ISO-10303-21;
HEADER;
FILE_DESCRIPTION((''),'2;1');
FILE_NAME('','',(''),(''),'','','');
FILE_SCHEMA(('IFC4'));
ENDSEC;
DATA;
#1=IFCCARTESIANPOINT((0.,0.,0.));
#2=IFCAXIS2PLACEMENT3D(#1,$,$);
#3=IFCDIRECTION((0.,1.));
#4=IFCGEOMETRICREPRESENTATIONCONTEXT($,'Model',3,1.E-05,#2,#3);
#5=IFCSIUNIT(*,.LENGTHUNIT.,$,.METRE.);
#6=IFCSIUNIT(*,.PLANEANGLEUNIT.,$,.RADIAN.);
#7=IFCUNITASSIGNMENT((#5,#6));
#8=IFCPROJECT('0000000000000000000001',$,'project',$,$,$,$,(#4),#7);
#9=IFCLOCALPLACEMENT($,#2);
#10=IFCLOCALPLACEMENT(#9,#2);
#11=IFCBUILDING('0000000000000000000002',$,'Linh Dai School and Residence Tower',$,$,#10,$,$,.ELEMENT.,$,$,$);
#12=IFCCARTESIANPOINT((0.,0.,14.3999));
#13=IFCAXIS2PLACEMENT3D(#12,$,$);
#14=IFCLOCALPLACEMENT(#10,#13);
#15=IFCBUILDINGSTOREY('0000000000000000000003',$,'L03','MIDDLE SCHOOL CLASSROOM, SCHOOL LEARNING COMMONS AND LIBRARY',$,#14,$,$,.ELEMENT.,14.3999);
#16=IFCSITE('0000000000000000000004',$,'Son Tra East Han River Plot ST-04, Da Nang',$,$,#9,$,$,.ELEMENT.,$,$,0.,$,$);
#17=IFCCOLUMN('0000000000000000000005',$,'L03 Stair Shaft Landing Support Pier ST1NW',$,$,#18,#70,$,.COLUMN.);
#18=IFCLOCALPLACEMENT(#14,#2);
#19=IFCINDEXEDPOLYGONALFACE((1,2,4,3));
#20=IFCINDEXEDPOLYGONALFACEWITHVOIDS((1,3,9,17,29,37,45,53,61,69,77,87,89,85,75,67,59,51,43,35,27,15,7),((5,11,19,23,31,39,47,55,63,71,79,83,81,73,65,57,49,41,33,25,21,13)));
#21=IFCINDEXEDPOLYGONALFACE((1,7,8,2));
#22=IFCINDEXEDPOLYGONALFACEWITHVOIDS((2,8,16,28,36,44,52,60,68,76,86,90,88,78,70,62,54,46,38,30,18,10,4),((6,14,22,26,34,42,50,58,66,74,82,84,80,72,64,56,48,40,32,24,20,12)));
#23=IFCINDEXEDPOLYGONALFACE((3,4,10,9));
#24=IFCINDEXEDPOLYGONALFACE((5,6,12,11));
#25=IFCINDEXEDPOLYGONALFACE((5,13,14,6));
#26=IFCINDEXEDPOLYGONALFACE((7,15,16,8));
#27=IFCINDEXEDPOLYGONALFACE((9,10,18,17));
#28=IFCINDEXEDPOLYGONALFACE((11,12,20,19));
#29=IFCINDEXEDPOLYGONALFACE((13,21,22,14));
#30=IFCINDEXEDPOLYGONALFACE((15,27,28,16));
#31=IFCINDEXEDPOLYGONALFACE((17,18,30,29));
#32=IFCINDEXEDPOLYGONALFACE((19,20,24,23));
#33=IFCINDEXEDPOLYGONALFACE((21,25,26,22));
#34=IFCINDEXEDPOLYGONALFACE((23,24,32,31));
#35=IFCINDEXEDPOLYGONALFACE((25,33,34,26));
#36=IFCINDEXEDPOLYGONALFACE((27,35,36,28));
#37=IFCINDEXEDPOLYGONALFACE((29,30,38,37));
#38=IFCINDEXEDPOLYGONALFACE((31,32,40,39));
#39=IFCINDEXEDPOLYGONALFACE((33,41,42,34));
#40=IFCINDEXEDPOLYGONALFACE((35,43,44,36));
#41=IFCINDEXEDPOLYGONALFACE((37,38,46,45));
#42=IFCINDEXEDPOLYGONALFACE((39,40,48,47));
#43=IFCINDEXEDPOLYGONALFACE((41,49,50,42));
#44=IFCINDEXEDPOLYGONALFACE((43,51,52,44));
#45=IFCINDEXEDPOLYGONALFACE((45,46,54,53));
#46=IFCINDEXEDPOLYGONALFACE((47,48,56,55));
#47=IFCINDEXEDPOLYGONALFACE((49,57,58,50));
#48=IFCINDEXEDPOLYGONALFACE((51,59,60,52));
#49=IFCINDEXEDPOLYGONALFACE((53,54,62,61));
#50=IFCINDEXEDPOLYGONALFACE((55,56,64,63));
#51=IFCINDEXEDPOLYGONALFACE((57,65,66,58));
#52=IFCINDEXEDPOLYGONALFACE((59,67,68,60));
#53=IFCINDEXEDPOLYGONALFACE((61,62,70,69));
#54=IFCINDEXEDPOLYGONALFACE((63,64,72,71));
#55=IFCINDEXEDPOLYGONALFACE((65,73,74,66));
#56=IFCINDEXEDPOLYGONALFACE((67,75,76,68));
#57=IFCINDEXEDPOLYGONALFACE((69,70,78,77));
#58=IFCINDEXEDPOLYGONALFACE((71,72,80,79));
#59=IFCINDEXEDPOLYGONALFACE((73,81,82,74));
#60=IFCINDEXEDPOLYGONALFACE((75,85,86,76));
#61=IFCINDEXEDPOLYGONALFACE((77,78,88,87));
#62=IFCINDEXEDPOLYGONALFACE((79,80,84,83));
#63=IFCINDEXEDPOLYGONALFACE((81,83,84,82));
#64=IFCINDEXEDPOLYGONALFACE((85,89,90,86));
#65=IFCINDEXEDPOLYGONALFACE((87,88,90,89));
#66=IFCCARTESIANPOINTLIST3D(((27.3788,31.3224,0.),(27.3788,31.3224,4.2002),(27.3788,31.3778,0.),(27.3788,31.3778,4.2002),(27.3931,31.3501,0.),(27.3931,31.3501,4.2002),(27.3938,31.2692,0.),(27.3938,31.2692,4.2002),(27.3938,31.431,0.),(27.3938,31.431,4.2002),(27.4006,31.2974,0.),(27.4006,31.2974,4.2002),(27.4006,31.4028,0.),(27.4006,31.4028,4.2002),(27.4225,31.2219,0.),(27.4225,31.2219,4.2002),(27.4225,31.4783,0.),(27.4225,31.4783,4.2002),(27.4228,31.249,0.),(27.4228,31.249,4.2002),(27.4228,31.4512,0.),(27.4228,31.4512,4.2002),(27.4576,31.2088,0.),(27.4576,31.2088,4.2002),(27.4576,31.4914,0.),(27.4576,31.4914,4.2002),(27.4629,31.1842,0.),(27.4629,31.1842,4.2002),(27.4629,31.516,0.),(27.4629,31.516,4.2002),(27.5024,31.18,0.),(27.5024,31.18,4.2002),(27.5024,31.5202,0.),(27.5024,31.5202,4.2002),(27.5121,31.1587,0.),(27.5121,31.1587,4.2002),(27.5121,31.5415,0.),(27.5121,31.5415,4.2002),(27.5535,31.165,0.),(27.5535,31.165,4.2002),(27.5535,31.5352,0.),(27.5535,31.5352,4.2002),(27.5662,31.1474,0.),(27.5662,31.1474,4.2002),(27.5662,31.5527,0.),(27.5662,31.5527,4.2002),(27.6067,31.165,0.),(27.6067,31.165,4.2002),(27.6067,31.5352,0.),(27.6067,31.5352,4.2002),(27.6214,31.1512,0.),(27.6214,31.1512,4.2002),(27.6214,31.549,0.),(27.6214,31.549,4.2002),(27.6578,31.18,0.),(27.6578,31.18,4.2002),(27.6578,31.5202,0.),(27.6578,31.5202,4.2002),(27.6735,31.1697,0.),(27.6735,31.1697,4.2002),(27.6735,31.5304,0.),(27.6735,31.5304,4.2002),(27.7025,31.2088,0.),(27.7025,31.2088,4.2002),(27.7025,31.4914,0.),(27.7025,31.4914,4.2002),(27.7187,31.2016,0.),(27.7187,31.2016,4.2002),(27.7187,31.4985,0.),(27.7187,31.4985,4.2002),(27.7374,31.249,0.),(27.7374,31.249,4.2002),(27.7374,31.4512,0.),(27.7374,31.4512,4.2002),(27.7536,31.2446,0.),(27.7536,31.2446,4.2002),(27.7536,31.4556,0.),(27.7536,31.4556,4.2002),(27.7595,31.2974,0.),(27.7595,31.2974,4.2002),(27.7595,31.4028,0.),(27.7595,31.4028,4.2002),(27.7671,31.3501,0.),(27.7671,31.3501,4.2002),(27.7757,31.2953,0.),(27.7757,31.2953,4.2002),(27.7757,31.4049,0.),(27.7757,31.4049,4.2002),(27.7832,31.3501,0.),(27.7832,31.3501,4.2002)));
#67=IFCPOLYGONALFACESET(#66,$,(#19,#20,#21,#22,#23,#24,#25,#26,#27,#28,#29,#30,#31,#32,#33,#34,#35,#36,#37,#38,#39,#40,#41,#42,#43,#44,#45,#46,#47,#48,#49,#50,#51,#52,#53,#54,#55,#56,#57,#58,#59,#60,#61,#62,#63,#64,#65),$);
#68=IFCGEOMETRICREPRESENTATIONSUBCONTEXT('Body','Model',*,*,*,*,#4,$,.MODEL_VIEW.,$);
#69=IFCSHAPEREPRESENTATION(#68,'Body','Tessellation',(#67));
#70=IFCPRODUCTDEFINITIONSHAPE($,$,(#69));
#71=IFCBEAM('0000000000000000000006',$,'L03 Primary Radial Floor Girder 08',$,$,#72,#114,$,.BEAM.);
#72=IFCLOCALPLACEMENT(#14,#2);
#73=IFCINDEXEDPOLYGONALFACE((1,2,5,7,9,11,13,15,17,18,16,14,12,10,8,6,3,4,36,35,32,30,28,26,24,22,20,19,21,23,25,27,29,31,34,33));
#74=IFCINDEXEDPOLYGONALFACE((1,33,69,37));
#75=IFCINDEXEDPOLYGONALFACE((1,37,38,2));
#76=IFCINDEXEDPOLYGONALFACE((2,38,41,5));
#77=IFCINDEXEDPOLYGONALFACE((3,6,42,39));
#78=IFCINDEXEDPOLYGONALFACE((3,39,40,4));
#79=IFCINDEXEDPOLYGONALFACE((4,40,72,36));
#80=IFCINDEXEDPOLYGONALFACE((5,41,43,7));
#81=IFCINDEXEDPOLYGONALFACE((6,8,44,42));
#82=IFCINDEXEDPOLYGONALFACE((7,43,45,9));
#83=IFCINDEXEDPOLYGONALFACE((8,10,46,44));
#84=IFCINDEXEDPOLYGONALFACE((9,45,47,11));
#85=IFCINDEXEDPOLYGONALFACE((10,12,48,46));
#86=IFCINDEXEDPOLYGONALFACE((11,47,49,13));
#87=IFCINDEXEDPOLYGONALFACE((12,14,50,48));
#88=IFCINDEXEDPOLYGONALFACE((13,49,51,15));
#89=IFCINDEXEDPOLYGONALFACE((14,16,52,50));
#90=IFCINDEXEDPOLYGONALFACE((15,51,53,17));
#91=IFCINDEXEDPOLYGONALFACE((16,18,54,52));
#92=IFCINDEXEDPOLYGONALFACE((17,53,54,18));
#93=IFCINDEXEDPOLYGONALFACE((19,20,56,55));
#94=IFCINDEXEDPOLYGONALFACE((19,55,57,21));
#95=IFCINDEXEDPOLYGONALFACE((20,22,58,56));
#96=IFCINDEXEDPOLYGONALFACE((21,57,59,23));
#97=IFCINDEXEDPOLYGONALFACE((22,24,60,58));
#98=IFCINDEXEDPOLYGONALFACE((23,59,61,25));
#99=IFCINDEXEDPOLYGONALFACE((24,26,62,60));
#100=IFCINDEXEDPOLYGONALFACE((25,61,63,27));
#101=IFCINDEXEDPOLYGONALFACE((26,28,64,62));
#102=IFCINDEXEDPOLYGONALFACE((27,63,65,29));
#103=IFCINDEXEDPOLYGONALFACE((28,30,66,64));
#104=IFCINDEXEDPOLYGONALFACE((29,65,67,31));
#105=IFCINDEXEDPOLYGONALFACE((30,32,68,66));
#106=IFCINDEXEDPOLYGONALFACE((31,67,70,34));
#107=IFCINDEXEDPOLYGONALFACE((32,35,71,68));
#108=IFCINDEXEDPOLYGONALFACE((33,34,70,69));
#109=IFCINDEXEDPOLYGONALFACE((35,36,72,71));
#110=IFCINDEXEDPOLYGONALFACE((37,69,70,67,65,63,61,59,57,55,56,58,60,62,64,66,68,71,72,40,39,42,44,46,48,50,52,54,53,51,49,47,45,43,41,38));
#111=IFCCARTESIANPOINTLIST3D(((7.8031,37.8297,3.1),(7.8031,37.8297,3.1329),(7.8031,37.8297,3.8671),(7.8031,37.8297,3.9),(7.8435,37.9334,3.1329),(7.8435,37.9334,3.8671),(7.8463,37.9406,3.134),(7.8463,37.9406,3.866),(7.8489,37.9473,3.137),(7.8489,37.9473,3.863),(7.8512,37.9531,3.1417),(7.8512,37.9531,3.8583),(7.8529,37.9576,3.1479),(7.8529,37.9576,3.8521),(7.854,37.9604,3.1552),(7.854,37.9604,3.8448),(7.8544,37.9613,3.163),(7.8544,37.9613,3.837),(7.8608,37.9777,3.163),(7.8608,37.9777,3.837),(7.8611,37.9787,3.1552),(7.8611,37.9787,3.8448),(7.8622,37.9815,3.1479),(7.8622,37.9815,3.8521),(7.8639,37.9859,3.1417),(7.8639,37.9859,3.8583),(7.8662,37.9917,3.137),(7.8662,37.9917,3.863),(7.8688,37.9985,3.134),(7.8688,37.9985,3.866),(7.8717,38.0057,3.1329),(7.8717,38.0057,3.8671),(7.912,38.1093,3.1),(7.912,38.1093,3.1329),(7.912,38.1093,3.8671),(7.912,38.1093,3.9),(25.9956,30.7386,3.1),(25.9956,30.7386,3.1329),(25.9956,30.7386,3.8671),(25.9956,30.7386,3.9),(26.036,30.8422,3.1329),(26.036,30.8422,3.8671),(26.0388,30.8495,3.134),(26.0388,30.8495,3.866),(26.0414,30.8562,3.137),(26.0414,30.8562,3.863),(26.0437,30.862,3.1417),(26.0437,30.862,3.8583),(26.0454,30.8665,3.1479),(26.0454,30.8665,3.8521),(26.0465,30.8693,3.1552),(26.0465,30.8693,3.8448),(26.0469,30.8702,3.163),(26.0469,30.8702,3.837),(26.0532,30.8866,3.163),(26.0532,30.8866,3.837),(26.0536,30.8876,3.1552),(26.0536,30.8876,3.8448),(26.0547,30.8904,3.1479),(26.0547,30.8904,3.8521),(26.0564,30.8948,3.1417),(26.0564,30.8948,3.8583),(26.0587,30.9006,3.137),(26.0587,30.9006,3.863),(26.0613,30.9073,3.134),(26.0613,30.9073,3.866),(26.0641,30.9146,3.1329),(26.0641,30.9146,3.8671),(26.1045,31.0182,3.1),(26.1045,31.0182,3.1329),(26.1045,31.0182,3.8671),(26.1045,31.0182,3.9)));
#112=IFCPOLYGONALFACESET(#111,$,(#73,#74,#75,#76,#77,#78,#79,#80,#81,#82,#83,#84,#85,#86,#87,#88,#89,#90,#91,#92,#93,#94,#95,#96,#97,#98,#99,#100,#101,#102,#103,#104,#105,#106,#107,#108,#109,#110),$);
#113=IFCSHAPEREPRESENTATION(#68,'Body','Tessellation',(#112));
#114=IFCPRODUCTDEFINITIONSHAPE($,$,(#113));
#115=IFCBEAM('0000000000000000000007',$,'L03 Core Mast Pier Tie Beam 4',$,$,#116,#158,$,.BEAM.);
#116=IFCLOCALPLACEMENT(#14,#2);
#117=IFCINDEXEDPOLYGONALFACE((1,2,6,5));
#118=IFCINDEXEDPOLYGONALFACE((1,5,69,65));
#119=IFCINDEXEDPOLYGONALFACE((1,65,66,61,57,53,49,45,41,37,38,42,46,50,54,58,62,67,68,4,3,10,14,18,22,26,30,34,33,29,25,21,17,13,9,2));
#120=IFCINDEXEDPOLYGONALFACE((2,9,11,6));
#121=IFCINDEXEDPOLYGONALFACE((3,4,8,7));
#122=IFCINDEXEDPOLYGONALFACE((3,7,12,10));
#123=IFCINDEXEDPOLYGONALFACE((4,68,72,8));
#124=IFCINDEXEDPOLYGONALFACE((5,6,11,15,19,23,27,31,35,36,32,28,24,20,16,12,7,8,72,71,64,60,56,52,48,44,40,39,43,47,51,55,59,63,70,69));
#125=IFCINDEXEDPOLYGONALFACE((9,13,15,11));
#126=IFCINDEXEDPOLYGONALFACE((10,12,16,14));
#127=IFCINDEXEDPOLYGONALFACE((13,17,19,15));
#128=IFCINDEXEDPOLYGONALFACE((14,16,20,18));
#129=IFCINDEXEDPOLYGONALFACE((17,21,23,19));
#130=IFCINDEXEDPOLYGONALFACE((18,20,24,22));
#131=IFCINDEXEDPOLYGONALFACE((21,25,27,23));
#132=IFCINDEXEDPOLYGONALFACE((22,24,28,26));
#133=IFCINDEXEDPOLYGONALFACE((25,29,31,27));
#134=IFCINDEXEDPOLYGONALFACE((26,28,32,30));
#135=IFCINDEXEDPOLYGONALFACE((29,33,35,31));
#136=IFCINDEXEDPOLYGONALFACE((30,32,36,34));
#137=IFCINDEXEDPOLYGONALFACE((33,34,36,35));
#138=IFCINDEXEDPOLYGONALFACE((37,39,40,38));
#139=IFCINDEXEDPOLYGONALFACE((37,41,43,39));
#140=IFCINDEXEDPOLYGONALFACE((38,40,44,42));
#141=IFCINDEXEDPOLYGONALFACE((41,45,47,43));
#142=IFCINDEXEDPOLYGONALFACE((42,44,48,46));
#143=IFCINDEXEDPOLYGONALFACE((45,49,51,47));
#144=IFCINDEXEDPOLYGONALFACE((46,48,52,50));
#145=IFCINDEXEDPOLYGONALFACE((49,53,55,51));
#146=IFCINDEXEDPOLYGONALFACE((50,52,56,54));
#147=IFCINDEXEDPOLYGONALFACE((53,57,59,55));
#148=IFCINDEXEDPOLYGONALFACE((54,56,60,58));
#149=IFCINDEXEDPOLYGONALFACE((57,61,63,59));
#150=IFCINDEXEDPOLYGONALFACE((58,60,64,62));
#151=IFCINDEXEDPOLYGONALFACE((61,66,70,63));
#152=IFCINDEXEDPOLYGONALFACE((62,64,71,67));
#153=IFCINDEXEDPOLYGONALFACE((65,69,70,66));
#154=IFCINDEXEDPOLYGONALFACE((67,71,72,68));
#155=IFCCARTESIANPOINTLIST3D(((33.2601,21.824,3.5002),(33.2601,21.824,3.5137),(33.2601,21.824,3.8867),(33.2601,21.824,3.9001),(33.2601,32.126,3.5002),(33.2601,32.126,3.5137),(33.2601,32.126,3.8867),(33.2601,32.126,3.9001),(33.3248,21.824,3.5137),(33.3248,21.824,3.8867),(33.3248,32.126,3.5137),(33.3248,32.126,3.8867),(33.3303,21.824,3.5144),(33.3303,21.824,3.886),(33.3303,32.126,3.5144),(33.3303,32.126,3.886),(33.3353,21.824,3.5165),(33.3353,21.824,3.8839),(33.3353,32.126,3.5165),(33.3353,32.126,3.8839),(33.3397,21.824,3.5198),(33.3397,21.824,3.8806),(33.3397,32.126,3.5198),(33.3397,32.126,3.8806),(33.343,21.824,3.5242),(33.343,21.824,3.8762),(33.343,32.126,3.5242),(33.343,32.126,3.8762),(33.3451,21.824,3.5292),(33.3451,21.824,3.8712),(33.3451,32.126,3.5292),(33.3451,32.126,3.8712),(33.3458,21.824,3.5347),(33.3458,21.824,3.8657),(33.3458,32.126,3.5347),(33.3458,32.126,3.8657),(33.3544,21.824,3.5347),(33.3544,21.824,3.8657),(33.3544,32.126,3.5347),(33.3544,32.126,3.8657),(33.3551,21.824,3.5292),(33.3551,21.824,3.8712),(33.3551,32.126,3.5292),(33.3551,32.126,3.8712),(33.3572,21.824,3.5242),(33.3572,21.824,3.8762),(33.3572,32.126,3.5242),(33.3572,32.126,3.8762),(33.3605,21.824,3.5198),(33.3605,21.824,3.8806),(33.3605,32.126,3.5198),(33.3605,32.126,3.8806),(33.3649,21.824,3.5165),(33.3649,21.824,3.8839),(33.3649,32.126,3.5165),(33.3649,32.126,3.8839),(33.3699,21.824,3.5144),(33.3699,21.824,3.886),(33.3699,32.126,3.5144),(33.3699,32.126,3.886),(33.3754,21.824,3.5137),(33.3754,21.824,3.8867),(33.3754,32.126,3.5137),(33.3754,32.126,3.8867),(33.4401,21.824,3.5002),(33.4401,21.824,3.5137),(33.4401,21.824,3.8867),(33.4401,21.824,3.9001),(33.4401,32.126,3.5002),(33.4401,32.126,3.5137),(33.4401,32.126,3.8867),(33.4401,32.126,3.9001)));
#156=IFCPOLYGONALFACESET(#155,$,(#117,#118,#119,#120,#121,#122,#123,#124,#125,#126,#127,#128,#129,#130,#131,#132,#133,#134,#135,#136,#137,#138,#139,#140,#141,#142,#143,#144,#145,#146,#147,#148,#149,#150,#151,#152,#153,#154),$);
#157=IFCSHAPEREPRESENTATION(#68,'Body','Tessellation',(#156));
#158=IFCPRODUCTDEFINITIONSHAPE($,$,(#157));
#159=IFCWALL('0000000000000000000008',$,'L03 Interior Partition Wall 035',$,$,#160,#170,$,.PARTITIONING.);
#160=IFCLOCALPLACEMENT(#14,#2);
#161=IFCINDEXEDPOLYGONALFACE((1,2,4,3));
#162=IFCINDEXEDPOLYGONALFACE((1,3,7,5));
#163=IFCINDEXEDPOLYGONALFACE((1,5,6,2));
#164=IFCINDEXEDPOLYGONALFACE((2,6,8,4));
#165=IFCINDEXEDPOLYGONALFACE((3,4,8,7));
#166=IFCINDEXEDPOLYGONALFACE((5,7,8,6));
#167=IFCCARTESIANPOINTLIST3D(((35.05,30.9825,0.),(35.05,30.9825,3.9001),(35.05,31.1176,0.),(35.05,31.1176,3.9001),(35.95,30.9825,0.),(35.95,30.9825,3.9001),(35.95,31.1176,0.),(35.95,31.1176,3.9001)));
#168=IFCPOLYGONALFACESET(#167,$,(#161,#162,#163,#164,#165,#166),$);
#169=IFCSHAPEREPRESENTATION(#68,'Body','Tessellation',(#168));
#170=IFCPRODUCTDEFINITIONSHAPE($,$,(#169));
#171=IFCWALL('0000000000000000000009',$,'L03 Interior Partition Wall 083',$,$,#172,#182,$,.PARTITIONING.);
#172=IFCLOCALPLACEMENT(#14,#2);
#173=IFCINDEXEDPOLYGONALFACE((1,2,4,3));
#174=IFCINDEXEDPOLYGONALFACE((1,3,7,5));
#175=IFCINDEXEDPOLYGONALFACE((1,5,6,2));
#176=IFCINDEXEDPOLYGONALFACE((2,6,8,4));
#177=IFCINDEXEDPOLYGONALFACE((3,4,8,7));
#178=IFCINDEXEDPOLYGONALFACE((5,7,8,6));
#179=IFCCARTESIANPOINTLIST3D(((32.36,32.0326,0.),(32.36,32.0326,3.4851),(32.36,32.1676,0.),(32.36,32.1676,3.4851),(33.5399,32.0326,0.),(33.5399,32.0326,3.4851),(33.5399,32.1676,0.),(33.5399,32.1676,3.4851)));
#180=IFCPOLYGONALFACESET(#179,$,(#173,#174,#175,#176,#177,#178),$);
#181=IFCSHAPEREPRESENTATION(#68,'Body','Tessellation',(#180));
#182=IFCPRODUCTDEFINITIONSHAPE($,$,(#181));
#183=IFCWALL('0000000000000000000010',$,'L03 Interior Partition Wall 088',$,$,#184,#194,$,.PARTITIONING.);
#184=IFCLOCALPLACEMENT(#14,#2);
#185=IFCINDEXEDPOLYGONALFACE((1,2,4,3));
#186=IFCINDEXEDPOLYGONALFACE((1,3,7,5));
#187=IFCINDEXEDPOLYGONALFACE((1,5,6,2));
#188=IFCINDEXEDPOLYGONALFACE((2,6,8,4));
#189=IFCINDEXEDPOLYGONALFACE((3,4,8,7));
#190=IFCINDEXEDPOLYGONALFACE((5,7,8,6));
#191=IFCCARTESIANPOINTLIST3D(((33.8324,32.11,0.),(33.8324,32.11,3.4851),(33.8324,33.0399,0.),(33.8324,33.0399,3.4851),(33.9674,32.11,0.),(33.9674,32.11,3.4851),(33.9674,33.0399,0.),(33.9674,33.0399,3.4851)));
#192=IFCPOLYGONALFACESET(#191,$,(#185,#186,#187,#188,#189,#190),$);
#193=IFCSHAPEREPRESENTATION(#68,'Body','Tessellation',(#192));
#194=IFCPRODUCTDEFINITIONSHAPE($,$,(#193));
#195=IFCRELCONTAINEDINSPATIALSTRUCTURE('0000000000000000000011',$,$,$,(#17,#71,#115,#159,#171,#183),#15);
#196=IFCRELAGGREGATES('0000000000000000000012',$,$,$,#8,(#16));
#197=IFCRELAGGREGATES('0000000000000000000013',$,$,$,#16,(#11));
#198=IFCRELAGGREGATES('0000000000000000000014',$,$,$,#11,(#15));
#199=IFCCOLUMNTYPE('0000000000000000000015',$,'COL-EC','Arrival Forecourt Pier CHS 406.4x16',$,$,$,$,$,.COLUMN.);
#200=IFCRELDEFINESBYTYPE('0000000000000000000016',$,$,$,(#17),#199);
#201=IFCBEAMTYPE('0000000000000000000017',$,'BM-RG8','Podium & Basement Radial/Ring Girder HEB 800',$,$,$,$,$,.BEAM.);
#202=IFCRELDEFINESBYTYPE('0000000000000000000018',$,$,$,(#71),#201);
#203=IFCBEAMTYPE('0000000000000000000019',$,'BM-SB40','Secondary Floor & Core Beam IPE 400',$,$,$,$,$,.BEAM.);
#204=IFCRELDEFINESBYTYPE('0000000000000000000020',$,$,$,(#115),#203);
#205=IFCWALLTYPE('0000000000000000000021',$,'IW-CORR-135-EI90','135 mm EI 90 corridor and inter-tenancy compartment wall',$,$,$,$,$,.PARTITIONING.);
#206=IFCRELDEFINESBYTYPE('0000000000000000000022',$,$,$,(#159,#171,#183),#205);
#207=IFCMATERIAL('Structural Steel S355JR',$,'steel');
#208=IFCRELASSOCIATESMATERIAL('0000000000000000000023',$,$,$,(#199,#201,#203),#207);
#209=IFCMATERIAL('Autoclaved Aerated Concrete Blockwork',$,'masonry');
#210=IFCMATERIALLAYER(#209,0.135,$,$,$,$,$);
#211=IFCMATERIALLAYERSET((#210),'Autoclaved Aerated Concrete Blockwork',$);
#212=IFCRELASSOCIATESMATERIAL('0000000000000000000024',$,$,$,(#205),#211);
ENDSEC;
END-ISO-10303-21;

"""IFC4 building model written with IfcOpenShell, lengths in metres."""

from ifc_helpers import new_model, si_unit, direction, frame, frame_2d, origin, origin_2d, place, context, subcontext, project, spatial, rectangle, hollow_circle, i_section, extrude, material, layer, layer_set, material_profile, profile_set, type_object, element, save


model = new_model("IFC4")

# Units and contexts
model_context = context("Model", 3, precision=1e-05, world=origin(), true_north=direction((0.0, 1.0)))
body_context = subcontext(model_context, "Body", "Model", "MODEL_VIEW")
ifc_project = project(units=[si_unit("LENGTHUNIT", "METRE"), si_unit("PLANEANGLEUNIT", "RADIAN")], contexts=[model_context])

# Site, building, storey
site_placement = place(None, origin())
site = spatial("IfcSite", under=ifc_project, at=site_placement, Name="Son Tra East Han River Plot ST-04, Da Nang", CompositionType="ELEMENT", RefElevation=0.0)
building_placement = place(site_placement, origin())
building = spatial("IfcBuilding", under=site, at=building_placement, Name="Linh Dai School and Residence Tower", CompositionType="ELEMENT")
storey_placement = place(building_placement, frame((0.0, 0.0, 14.3999)))
storey = spatial("IfcBuildingStorey", under=building, at=storey_placement, Name="L03", Description="MIDDLE SCHOOL CLASSROOM, SCHOOL LEARNING COMMONS AND LIBRARY", CompositionType="ELEMENT", Elevation=14.3999)

# Column
ifc_material_1 = material(Name="Structural Steel S355JR", Category="steel")
ifc_material_profile_1 = material_profile(ifc_material_1, hollow_circle(Radius=0.2031, WallThickness=0.0161, at=origin_2d()), Name="CHS 406.4x16")
ifc_profile_set_1 = profile_set([ifc_material_profile_1], Name="Structural Steel S355JR")
column_type = type_object("IfcColumnType", Name="COL-EC", Description="Arrival Forecourt Pier CHS 406.4x16", PredefinedType="COLUMN", material=ifc_profile_set_1)
column_placement = place(storey_placement, frame((27.5801, 31.3501, 0.0), z_axis=(0.0, 0.0, 1.0), x_axis=(1.0, 0.0, 0.0)))
element("IfcColumn", 1, at=column_placement, inside=storey, type_object=column_type, Name="L03 Stair Shaft Landing Support Pier ST1NW", PredefinedType="COLUMN", context=body_context, shape_type="SweptSolid", body=[
    extrude(hollow_circle(Radius=0.2031, WallThickness=0.0161, at=origin_2d()), origin(), (0.0, 0.0, 1.0), 4.2002),
])

# Beams
ifc_material_profile_2 = material_profile(ifc_material_1, i_section(OverallWidth=0.3, OverallDepth=0.8, WebThickness=0.0176, FlangeThickness=0.033, FilletRadius=0.03, at=origin_2d()), Name="HEB 800")
ifc_profile_set_2 = profile_set([ifc_material_profile_2], Name="Structural Steel S355JR")
beam_type_1 = type_object("IfcBeamType", Name="BM-RG8", Description="Podium & Basement Radial/Ring Girder HEB 800", PredefinedType="BEAM", material=ifc_profile_set_2)
beam_1_placement = place(storey_placement, frame((26.05, 30.8784, 3.5), z_axis=(-0.931723, 0.363169, 0.0), x_axis=(-0.363169, -0.931723, 0.0)))
element("IfcBeam", 2, at=beam_1_placement, inside=storey, type_object=beam_type_1, Name="L03 Primary Radial Floor Girder 08", PredefinedType="BEAM", context=body_context, shape_type="SweptSolid", body=[
    extrude(i_section(OverallWidth=0.3, OverallDepth=0.8, WebThickness=0.0176, FlangeThickness=0.033, FilletRadius=0.03, at=origin_2d()), origin(), (0.0, 0.0, 1.0), 19.5256),
])
ifc_material_profile_3 = material_profile(ifc_material_1, i_section(OverallWidth=0.1799, OverallDepth=0.3999, WebThickness=0.0085, FlangeThickness=0.0134, FilletRadius=0.021, at=origin_2d()), Name="IPE 400")
ifc_profile_set_3 = profile_set([ifc_material_profile_3], Name="Structural Steel S355JR")
beam_type_2 = type_object("IfcBeamType", Name="BM-SB40", Description="Secondary Floor & Core Beam IPE 400", PredefinedType="BEAM", material=ifc_profile_set_3)
beam_2_placement = place(storey_placement, frame((33.3501, 32.126, 3.7002), z_axis=(0.0, -1.0, 0.0), x_axis=(1.0, 0.0, 0.0)))
element("IfcBeam", 3, at=beam_2_placement, inside=storey, type_object=beam_type_2, Name="L03 Core Mast Pier Tie Beam 4", PredefinedType="BEAM", context=body_context, shape_type="SweptSolid", body=[
    extrude(i_section(OverallWidth=0.1799, OverallDepth=0.3999, WebThickness=0.0085, FlangeThickness=0.0134, FilletRadius=0.021, at=origin_2d()), origin(), (0.0, 0.0, 1.0), 10.302),
])

# Shared definitions
ifc_material_2 = material(Name="Autoclaved Aerated Concrete Blockwork", Category="masonry")
ifc_layer_1 = layer(ifc_material_2, 0.135)
ifc_layer_set_1 = layer_set([ifc_layer_1], Name="Autoclaved Aerated Concrete Blockwork")
wall_type_1 = type_object("IfcWallType", Name="IW-CORR-135-EI90", Description="135 mm EI 90 corridor and inter-tenancy compartment wall", PredefinedType="PARTITIONING", material=ifc_layer_set_1)

# Walls
wall_1_placement = place(storey_placement, frame((35.05, 31.05, 0.0), z_axis=(0.0, 0.0, 1.0), x_axis=(1.0, 0.0, 0.0)))
element("IfcWall", 4, at=wall_1_placement, inside=storey, type_object=wall_type_1, Name="L03 Interior Partition Wall 035", PredefinedType="PARTITIONING", context=body_context, shape_type="SweptSolid", body=[
    extrude(rectangle(XDim=0.8999, YDim=0.135, at=frame_2d((0.45, 0.0))), origin(), (0.0, 0.0, 1.0), 3.9001),
])
wall_2_placement = place(storey_placement, frame((32.3601, 32.1001, 0.0), z_axis=(0.0, 0.0, 1.0), x_axis=(1.0, 0.0, 0.0)))
element("IfcWall", 5, at=wall_2_placement, inside=storey, type_object=wall_type_1, Name="L03 Interior Partition Wall 083", PredefinedType="PARTITIONING", context=body_context, shape_type="SweptSolid", body=[
    extrude(rectangle(XDim=1.1799, YDim=0.135, at=frame_2d((0.5898, 0.0))), origin(), (0.0, 0.0, 1.0), 3.4851),
])
wall_3_placement = place(storey_placement, frame((33.8999, 32.1101, 0.0), z_axis=(0.0, 0.0, 1.0), x_axis=(0.0, 1.0, 0.0)))
element("IfcWall", 6, at=wall_3_placement, inside=storey, type_object=wall_type_1, Name="L03 Interior Partition Wall 088", PredefinedType="PARTITIONING", context=body_context, shape_type="SweptSolid", body=[
    extrude(rectangle(XDim=0.9299, YDim=0.135, at=frame_2d((0.4648, 0.0))), origin(), (0.0, 0.0, 1.0), 3.4851),
])

save(model, "model.ifc")
